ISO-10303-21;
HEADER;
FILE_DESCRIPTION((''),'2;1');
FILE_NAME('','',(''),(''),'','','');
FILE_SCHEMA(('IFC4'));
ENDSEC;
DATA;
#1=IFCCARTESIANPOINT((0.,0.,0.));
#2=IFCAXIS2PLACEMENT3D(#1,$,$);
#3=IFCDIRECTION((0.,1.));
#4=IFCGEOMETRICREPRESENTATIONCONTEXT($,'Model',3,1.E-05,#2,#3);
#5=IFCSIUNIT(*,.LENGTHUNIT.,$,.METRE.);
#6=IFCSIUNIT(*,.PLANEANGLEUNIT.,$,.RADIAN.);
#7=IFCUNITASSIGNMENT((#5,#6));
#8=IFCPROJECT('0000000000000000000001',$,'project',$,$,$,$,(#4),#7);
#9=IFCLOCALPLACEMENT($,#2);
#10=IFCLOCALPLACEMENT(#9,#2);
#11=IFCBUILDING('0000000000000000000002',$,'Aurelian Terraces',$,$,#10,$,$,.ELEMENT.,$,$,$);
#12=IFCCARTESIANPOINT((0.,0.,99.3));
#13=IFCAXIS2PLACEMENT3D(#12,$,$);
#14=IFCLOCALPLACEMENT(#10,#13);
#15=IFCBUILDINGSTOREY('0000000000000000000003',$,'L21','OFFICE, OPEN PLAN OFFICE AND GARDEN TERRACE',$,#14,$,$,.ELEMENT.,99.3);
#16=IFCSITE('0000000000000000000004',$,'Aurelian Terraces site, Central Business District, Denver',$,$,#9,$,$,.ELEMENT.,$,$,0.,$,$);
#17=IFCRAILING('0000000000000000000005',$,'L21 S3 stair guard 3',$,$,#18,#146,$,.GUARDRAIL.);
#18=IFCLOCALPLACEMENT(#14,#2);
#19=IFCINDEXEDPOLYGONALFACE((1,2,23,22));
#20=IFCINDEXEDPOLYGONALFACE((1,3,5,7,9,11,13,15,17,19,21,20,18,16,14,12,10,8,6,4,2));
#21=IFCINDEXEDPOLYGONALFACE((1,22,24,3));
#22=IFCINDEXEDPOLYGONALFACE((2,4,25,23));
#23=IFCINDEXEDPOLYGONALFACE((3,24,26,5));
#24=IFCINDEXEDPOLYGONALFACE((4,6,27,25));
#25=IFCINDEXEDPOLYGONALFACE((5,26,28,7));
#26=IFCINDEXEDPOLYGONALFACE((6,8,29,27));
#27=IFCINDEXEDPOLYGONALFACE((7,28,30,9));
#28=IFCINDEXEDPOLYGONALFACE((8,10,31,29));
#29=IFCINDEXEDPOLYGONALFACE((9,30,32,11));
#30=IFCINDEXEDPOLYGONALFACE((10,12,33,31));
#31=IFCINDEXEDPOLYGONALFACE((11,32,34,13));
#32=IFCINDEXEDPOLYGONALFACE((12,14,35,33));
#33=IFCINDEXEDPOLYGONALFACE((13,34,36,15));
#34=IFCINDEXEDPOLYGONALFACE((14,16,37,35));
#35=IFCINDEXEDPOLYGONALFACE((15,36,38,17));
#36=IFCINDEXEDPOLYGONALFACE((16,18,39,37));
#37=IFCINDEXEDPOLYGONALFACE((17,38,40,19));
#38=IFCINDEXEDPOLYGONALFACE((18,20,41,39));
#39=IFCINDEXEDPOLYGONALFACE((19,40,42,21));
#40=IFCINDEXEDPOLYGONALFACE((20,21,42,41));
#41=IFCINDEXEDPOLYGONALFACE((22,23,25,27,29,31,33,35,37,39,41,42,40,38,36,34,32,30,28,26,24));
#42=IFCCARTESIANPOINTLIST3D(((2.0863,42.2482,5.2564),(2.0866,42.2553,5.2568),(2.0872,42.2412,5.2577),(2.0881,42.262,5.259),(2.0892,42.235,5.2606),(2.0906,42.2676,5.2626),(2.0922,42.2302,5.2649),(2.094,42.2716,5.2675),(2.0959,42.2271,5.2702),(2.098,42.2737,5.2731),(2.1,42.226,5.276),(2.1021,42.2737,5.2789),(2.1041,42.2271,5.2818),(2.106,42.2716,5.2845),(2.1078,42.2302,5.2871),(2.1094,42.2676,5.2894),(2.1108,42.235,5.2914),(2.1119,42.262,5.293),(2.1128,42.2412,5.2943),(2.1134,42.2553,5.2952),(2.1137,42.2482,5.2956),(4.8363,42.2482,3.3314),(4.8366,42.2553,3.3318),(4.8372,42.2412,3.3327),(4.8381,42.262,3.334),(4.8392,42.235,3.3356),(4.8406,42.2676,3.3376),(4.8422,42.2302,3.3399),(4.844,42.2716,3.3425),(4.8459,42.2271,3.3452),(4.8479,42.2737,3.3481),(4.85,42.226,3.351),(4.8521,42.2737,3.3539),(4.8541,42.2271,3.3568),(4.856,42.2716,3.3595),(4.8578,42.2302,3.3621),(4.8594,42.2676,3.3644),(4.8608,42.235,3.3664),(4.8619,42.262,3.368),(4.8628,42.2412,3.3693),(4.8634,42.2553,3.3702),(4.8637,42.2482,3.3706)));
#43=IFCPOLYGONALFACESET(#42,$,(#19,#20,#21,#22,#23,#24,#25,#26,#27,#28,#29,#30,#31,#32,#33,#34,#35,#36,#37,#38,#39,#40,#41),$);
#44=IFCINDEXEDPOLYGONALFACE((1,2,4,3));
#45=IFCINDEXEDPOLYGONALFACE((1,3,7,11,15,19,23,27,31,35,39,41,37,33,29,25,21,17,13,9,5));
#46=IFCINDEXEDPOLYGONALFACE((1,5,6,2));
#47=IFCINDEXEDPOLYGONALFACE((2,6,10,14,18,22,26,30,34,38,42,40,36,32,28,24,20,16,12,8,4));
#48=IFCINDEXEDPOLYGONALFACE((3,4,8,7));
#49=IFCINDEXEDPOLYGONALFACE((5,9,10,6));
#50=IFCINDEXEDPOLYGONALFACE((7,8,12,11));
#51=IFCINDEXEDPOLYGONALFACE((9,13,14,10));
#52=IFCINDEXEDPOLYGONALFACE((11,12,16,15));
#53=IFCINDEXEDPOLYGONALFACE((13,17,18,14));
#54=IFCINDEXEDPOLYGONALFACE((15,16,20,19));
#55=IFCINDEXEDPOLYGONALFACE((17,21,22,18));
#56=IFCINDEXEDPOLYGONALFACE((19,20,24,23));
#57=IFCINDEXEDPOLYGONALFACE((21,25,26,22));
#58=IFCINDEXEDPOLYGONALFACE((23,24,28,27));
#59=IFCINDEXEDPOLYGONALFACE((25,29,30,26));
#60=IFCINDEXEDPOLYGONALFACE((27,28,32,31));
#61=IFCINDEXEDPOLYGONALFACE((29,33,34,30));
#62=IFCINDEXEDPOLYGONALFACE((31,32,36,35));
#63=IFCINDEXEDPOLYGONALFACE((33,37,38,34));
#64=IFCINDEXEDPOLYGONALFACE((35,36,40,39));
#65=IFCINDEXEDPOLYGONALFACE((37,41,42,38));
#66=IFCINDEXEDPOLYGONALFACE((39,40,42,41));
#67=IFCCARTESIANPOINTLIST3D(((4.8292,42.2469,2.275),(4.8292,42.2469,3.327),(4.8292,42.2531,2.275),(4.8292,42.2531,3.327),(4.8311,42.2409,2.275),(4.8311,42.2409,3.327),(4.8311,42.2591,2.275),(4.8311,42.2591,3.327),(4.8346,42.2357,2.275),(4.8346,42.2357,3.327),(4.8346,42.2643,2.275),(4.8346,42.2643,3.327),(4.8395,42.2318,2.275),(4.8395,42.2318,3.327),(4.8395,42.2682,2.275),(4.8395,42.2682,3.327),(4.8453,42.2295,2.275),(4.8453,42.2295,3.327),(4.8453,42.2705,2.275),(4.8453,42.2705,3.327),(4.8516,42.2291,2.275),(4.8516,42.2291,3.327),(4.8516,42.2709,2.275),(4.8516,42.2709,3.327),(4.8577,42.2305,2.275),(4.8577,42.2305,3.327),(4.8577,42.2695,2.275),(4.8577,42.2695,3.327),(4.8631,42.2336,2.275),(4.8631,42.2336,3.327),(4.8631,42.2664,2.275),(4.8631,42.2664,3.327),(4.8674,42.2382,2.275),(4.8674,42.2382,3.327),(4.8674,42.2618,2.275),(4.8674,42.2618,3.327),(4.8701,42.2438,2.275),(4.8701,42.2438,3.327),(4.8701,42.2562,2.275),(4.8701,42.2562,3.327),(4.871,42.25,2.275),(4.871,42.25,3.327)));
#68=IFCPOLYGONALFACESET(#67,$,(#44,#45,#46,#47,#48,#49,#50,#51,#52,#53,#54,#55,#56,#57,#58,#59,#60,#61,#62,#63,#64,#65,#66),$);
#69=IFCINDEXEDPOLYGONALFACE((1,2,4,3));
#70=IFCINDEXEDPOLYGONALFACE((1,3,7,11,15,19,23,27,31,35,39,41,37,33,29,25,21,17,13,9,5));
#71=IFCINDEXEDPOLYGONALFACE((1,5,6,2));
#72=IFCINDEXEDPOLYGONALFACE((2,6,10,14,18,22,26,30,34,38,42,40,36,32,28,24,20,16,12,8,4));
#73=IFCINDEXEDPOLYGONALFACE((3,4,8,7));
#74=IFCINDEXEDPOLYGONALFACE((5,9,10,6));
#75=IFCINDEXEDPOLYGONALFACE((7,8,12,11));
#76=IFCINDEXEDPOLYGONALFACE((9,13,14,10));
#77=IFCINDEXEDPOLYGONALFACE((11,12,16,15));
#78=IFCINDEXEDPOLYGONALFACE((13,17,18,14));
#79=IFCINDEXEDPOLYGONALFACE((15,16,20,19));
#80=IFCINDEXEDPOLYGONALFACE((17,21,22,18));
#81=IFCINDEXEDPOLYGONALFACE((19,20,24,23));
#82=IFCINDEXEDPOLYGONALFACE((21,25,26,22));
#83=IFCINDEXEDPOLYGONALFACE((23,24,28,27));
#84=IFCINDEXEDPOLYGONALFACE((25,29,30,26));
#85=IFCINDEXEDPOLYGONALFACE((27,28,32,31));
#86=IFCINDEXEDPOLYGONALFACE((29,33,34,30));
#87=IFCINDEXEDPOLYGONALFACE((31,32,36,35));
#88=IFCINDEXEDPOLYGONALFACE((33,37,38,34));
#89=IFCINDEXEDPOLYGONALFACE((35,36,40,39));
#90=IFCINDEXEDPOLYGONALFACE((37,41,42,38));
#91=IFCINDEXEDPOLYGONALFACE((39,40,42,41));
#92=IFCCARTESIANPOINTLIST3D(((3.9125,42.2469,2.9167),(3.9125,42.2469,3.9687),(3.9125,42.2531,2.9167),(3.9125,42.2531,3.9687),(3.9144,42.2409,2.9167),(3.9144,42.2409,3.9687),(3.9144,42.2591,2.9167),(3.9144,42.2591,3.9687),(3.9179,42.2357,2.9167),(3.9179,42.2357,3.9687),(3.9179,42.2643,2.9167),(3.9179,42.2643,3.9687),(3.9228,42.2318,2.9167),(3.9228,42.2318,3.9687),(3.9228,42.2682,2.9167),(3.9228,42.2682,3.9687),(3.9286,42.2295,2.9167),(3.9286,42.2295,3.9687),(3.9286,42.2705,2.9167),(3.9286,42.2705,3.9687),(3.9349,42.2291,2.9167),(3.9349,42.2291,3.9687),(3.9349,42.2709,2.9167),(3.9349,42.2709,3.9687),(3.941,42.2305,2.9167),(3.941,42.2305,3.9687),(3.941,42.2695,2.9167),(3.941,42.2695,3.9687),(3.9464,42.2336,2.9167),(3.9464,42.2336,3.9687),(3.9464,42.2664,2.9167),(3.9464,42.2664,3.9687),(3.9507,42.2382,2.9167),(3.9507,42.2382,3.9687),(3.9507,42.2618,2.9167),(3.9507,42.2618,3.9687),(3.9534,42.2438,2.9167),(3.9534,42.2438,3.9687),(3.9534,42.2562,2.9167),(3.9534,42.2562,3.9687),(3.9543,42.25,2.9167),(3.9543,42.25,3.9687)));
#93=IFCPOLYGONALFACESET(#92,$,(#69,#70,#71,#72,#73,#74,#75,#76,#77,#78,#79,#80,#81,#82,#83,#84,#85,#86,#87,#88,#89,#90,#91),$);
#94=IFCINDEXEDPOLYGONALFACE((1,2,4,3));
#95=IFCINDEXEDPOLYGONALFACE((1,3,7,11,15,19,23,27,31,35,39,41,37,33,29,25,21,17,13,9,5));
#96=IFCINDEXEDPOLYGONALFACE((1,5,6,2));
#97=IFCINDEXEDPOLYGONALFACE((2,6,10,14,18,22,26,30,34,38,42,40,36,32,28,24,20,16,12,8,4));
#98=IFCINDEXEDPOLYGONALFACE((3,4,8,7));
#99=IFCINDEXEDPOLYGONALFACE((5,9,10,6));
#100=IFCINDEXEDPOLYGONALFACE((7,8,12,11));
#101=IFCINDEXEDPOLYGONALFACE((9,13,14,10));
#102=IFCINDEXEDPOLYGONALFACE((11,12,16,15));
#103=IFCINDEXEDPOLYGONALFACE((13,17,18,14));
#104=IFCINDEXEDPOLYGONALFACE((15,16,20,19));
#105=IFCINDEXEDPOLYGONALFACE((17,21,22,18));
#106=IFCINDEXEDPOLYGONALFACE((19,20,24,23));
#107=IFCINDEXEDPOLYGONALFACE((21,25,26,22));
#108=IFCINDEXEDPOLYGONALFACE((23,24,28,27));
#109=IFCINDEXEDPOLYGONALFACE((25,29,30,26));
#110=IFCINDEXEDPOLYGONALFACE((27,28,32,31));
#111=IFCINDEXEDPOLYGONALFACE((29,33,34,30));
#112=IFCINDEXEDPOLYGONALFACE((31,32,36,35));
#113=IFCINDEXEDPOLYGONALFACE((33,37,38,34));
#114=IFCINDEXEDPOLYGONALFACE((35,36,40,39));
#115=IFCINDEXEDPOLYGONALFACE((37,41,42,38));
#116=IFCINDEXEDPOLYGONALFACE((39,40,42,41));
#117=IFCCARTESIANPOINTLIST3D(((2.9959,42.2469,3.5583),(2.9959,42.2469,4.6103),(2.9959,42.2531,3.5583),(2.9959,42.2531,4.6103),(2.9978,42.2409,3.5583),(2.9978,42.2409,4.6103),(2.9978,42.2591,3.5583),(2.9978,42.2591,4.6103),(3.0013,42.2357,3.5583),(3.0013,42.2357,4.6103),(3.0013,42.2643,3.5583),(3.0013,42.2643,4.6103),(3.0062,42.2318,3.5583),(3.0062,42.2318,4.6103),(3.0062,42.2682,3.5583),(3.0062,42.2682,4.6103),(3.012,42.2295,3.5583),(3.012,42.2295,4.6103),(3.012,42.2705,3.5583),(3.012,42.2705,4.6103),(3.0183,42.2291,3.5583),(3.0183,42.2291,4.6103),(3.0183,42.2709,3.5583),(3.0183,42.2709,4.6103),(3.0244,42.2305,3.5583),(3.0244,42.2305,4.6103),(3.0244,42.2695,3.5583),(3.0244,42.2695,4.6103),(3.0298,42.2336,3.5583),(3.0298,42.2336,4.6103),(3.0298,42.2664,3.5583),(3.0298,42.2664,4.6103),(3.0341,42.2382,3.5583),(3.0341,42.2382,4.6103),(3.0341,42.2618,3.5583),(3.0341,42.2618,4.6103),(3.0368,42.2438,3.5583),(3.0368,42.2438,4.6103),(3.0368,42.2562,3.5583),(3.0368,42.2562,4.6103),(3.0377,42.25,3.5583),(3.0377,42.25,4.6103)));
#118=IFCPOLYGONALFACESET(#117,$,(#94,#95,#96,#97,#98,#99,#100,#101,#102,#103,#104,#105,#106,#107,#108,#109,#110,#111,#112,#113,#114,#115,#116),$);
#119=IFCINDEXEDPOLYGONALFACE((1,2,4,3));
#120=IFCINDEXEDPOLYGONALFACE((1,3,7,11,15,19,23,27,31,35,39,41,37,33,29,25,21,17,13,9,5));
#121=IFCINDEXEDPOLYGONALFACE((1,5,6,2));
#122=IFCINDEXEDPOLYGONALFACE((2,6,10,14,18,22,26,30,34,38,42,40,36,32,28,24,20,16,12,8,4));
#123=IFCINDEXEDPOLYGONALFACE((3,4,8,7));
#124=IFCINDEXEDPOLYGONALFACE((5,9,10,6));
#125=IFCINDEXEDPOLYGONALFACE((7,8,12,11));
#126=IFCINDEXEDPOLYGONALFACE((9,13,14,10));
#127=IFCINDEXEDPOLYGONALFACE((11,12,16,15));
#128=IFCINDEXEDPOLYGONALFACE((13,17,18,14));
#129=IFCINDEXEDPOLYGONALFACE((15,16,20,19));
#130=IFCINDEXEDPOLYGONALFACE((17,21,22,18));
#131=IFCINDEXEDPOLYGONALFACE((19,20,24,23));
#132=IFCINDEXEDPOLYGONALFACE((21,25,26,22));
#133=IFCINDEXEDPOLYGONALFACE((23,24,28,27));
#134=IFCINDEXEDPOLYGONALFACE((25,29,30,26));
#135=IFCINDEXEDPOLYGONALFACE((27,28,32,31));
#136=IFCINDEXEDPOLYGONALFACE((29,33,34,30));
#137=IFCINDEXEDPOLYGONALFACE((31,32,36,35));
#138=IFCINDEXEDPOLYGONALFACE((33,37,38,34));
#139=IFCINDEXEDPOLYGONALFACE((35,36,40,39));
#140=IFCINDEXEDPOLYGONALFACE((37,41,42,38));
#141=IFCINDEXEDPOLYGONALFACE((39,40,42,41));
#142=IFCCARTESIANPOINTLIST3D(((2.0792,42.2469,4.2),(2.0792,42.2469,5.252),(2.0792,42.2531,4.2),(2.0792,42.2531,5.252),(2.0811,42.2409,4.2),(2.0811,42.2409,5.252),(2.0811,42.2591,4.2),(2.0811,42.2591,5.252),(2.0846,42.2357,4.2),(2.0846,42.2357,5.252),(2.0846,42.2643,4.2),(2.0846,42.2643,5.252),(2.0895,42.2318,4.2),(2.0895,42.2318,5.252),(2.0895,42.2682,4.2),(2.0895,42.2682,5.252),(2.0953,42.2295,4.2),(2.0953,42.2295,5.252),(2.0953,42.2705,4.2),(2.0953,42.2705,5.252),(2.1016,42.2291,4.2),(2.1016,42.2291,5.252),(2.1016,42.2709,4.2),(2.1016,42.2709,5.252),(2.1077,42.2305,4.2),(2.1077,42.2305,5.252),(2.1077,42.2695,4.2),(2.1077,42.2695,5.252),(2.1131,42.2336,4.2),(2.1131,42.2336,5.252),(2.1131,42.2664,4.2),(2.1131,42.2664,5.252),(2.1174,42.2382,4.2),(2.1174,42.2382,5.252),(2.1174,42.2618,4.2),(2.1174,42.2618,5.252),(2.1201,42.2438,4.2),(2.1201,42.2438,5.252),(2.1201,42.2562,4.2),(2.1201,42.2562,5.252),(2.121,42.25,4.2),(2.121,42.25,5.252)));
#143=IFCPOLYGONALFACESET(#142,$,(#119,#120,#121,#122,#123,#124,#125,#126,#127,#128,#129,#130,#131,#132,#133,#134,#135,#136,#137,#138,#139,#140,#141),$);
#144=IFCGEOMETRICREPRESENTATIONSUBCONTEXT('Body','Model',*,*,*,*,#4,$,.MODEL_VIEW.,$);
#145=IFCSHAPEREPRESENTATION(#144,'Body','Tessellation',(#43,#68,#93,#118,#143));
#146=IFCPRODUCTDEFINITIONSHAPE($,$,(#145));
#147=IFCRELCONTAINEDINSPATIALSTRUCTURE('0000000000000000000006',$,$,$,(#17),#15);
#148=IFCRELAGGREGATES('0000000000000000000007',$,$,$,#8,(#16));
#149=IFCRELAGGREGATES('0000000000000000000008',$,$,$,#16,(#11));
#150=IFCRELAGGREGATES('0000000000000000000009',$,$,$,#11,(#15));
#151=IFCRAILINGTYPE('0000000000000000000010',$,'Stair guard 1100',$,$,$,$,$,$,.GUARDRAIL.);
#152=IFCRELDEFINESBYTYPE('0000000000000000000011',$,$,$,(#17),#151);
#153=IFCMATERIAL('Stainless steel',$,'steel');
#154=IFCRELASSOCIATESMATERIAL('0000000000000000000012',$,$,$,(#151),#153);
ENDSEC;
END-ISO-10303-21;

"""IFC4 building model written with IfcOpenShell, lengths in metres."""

from ifc_helpers import new_model, si_unit, direction, frame, origin, origin_2d, place, context, subcontext, project, spatial, circle, extrude, source, transform, mapped, material, type_object, element, save


model = new_model("IFC4")

# Units and contexts
model_context = context("Model", 3, precision=1e-05, world=origin(), true_north=direction((0.0, 1.0)))
body_context = subcontext(model_context, "Body", "Model", "MODEL_VIEW")
ifc_project = project(units=[si_unit("LENGTHUNIT", "METRE"), si_unit("PLANEANGLEUNIT", "RADIAN")], contexts=[model_context])

# Site, building, storey
site_placement = place(None, origin())
site = spatial("IfcSite", under=ifc_project, at=site_placement, Name="Aurelian Terraces site, Central Business District, Denver", CompositionType="ELEMENT", RefElevation=0.0)
building_placement = place(site_placement, origin())
building = spatial("IfcBuilding", under=site, at=building_placement, Name="Aurelian Terraces", CompositionType="ELEMENT")
storey_placement = place(building_placement, frame((0.0, 0.0, 99.3)))
storey = spatial("IfcBuildingStorey", under=building, at=storey_placement, Name="L21", Description="OFFICE, OPEN PLAN OFFICE AND GARDEN TERRACE", CompositionType="ELEMENT", Elevation=99.3)

# Railing
ifc_material_1 = material(Name="Stainless steel", Category="steel")
railing_type_1 = type_object("IfcRailingType", Name="Stair guard 1100", PredefinedType="GUARDRAIL", material=ifc_material_1)
shared_shape_1 = source(origin(), body_context, "Body", "SweptSolid", [
    extrude(circle(Radius=0.024, at=origin_2d()), frame((0.0, 0.0, 1.076), z_axis=(-0.819232, 0.0, 0.573462), x_axis=(0.0, -1.0, 0.0)), (0.0, 0.0, 1.0), 3.3568),
    extrude(circle(Radius=0.021, at=origin_2d()), origin(), (0.0, 0.0, 1.0), 1.052),
    extrude(circle(Radius=0.021, at=origin_2d()), frame((-0.9167, 0.0, 0.6417)), (0.0, 0.0, 1.0), 1.052),
    extrude(circle(Radius=0.021, at=origin_2d()), frame((-1.8333, 0.0, 1.2833)), (0.0, 0.0, 1.0), 1.052),
    extrude(circle(Radius=0.021, at=origin_2d()), frame((-2.75, 0.0, 1.925)), (0.0, 0.0, 1.0), 1.052),
])
railing_1_placement = place(storey_placement, frame((4.85, 42.25, 2.275)))
element("IfcRailing", 1, at=railing_1_placement, inside=storey, type_object=railing_type_1, Name="L21 S3 stair guard 3", PredefinedType="GUARDRAIL", context=body_context, shape_type="MappedRepresentation", body=[
    mapped(shared_shape_1, transform((0.0, 0.0, 0.0), scale=1.0)),
])

save(model, "model.ifc")
